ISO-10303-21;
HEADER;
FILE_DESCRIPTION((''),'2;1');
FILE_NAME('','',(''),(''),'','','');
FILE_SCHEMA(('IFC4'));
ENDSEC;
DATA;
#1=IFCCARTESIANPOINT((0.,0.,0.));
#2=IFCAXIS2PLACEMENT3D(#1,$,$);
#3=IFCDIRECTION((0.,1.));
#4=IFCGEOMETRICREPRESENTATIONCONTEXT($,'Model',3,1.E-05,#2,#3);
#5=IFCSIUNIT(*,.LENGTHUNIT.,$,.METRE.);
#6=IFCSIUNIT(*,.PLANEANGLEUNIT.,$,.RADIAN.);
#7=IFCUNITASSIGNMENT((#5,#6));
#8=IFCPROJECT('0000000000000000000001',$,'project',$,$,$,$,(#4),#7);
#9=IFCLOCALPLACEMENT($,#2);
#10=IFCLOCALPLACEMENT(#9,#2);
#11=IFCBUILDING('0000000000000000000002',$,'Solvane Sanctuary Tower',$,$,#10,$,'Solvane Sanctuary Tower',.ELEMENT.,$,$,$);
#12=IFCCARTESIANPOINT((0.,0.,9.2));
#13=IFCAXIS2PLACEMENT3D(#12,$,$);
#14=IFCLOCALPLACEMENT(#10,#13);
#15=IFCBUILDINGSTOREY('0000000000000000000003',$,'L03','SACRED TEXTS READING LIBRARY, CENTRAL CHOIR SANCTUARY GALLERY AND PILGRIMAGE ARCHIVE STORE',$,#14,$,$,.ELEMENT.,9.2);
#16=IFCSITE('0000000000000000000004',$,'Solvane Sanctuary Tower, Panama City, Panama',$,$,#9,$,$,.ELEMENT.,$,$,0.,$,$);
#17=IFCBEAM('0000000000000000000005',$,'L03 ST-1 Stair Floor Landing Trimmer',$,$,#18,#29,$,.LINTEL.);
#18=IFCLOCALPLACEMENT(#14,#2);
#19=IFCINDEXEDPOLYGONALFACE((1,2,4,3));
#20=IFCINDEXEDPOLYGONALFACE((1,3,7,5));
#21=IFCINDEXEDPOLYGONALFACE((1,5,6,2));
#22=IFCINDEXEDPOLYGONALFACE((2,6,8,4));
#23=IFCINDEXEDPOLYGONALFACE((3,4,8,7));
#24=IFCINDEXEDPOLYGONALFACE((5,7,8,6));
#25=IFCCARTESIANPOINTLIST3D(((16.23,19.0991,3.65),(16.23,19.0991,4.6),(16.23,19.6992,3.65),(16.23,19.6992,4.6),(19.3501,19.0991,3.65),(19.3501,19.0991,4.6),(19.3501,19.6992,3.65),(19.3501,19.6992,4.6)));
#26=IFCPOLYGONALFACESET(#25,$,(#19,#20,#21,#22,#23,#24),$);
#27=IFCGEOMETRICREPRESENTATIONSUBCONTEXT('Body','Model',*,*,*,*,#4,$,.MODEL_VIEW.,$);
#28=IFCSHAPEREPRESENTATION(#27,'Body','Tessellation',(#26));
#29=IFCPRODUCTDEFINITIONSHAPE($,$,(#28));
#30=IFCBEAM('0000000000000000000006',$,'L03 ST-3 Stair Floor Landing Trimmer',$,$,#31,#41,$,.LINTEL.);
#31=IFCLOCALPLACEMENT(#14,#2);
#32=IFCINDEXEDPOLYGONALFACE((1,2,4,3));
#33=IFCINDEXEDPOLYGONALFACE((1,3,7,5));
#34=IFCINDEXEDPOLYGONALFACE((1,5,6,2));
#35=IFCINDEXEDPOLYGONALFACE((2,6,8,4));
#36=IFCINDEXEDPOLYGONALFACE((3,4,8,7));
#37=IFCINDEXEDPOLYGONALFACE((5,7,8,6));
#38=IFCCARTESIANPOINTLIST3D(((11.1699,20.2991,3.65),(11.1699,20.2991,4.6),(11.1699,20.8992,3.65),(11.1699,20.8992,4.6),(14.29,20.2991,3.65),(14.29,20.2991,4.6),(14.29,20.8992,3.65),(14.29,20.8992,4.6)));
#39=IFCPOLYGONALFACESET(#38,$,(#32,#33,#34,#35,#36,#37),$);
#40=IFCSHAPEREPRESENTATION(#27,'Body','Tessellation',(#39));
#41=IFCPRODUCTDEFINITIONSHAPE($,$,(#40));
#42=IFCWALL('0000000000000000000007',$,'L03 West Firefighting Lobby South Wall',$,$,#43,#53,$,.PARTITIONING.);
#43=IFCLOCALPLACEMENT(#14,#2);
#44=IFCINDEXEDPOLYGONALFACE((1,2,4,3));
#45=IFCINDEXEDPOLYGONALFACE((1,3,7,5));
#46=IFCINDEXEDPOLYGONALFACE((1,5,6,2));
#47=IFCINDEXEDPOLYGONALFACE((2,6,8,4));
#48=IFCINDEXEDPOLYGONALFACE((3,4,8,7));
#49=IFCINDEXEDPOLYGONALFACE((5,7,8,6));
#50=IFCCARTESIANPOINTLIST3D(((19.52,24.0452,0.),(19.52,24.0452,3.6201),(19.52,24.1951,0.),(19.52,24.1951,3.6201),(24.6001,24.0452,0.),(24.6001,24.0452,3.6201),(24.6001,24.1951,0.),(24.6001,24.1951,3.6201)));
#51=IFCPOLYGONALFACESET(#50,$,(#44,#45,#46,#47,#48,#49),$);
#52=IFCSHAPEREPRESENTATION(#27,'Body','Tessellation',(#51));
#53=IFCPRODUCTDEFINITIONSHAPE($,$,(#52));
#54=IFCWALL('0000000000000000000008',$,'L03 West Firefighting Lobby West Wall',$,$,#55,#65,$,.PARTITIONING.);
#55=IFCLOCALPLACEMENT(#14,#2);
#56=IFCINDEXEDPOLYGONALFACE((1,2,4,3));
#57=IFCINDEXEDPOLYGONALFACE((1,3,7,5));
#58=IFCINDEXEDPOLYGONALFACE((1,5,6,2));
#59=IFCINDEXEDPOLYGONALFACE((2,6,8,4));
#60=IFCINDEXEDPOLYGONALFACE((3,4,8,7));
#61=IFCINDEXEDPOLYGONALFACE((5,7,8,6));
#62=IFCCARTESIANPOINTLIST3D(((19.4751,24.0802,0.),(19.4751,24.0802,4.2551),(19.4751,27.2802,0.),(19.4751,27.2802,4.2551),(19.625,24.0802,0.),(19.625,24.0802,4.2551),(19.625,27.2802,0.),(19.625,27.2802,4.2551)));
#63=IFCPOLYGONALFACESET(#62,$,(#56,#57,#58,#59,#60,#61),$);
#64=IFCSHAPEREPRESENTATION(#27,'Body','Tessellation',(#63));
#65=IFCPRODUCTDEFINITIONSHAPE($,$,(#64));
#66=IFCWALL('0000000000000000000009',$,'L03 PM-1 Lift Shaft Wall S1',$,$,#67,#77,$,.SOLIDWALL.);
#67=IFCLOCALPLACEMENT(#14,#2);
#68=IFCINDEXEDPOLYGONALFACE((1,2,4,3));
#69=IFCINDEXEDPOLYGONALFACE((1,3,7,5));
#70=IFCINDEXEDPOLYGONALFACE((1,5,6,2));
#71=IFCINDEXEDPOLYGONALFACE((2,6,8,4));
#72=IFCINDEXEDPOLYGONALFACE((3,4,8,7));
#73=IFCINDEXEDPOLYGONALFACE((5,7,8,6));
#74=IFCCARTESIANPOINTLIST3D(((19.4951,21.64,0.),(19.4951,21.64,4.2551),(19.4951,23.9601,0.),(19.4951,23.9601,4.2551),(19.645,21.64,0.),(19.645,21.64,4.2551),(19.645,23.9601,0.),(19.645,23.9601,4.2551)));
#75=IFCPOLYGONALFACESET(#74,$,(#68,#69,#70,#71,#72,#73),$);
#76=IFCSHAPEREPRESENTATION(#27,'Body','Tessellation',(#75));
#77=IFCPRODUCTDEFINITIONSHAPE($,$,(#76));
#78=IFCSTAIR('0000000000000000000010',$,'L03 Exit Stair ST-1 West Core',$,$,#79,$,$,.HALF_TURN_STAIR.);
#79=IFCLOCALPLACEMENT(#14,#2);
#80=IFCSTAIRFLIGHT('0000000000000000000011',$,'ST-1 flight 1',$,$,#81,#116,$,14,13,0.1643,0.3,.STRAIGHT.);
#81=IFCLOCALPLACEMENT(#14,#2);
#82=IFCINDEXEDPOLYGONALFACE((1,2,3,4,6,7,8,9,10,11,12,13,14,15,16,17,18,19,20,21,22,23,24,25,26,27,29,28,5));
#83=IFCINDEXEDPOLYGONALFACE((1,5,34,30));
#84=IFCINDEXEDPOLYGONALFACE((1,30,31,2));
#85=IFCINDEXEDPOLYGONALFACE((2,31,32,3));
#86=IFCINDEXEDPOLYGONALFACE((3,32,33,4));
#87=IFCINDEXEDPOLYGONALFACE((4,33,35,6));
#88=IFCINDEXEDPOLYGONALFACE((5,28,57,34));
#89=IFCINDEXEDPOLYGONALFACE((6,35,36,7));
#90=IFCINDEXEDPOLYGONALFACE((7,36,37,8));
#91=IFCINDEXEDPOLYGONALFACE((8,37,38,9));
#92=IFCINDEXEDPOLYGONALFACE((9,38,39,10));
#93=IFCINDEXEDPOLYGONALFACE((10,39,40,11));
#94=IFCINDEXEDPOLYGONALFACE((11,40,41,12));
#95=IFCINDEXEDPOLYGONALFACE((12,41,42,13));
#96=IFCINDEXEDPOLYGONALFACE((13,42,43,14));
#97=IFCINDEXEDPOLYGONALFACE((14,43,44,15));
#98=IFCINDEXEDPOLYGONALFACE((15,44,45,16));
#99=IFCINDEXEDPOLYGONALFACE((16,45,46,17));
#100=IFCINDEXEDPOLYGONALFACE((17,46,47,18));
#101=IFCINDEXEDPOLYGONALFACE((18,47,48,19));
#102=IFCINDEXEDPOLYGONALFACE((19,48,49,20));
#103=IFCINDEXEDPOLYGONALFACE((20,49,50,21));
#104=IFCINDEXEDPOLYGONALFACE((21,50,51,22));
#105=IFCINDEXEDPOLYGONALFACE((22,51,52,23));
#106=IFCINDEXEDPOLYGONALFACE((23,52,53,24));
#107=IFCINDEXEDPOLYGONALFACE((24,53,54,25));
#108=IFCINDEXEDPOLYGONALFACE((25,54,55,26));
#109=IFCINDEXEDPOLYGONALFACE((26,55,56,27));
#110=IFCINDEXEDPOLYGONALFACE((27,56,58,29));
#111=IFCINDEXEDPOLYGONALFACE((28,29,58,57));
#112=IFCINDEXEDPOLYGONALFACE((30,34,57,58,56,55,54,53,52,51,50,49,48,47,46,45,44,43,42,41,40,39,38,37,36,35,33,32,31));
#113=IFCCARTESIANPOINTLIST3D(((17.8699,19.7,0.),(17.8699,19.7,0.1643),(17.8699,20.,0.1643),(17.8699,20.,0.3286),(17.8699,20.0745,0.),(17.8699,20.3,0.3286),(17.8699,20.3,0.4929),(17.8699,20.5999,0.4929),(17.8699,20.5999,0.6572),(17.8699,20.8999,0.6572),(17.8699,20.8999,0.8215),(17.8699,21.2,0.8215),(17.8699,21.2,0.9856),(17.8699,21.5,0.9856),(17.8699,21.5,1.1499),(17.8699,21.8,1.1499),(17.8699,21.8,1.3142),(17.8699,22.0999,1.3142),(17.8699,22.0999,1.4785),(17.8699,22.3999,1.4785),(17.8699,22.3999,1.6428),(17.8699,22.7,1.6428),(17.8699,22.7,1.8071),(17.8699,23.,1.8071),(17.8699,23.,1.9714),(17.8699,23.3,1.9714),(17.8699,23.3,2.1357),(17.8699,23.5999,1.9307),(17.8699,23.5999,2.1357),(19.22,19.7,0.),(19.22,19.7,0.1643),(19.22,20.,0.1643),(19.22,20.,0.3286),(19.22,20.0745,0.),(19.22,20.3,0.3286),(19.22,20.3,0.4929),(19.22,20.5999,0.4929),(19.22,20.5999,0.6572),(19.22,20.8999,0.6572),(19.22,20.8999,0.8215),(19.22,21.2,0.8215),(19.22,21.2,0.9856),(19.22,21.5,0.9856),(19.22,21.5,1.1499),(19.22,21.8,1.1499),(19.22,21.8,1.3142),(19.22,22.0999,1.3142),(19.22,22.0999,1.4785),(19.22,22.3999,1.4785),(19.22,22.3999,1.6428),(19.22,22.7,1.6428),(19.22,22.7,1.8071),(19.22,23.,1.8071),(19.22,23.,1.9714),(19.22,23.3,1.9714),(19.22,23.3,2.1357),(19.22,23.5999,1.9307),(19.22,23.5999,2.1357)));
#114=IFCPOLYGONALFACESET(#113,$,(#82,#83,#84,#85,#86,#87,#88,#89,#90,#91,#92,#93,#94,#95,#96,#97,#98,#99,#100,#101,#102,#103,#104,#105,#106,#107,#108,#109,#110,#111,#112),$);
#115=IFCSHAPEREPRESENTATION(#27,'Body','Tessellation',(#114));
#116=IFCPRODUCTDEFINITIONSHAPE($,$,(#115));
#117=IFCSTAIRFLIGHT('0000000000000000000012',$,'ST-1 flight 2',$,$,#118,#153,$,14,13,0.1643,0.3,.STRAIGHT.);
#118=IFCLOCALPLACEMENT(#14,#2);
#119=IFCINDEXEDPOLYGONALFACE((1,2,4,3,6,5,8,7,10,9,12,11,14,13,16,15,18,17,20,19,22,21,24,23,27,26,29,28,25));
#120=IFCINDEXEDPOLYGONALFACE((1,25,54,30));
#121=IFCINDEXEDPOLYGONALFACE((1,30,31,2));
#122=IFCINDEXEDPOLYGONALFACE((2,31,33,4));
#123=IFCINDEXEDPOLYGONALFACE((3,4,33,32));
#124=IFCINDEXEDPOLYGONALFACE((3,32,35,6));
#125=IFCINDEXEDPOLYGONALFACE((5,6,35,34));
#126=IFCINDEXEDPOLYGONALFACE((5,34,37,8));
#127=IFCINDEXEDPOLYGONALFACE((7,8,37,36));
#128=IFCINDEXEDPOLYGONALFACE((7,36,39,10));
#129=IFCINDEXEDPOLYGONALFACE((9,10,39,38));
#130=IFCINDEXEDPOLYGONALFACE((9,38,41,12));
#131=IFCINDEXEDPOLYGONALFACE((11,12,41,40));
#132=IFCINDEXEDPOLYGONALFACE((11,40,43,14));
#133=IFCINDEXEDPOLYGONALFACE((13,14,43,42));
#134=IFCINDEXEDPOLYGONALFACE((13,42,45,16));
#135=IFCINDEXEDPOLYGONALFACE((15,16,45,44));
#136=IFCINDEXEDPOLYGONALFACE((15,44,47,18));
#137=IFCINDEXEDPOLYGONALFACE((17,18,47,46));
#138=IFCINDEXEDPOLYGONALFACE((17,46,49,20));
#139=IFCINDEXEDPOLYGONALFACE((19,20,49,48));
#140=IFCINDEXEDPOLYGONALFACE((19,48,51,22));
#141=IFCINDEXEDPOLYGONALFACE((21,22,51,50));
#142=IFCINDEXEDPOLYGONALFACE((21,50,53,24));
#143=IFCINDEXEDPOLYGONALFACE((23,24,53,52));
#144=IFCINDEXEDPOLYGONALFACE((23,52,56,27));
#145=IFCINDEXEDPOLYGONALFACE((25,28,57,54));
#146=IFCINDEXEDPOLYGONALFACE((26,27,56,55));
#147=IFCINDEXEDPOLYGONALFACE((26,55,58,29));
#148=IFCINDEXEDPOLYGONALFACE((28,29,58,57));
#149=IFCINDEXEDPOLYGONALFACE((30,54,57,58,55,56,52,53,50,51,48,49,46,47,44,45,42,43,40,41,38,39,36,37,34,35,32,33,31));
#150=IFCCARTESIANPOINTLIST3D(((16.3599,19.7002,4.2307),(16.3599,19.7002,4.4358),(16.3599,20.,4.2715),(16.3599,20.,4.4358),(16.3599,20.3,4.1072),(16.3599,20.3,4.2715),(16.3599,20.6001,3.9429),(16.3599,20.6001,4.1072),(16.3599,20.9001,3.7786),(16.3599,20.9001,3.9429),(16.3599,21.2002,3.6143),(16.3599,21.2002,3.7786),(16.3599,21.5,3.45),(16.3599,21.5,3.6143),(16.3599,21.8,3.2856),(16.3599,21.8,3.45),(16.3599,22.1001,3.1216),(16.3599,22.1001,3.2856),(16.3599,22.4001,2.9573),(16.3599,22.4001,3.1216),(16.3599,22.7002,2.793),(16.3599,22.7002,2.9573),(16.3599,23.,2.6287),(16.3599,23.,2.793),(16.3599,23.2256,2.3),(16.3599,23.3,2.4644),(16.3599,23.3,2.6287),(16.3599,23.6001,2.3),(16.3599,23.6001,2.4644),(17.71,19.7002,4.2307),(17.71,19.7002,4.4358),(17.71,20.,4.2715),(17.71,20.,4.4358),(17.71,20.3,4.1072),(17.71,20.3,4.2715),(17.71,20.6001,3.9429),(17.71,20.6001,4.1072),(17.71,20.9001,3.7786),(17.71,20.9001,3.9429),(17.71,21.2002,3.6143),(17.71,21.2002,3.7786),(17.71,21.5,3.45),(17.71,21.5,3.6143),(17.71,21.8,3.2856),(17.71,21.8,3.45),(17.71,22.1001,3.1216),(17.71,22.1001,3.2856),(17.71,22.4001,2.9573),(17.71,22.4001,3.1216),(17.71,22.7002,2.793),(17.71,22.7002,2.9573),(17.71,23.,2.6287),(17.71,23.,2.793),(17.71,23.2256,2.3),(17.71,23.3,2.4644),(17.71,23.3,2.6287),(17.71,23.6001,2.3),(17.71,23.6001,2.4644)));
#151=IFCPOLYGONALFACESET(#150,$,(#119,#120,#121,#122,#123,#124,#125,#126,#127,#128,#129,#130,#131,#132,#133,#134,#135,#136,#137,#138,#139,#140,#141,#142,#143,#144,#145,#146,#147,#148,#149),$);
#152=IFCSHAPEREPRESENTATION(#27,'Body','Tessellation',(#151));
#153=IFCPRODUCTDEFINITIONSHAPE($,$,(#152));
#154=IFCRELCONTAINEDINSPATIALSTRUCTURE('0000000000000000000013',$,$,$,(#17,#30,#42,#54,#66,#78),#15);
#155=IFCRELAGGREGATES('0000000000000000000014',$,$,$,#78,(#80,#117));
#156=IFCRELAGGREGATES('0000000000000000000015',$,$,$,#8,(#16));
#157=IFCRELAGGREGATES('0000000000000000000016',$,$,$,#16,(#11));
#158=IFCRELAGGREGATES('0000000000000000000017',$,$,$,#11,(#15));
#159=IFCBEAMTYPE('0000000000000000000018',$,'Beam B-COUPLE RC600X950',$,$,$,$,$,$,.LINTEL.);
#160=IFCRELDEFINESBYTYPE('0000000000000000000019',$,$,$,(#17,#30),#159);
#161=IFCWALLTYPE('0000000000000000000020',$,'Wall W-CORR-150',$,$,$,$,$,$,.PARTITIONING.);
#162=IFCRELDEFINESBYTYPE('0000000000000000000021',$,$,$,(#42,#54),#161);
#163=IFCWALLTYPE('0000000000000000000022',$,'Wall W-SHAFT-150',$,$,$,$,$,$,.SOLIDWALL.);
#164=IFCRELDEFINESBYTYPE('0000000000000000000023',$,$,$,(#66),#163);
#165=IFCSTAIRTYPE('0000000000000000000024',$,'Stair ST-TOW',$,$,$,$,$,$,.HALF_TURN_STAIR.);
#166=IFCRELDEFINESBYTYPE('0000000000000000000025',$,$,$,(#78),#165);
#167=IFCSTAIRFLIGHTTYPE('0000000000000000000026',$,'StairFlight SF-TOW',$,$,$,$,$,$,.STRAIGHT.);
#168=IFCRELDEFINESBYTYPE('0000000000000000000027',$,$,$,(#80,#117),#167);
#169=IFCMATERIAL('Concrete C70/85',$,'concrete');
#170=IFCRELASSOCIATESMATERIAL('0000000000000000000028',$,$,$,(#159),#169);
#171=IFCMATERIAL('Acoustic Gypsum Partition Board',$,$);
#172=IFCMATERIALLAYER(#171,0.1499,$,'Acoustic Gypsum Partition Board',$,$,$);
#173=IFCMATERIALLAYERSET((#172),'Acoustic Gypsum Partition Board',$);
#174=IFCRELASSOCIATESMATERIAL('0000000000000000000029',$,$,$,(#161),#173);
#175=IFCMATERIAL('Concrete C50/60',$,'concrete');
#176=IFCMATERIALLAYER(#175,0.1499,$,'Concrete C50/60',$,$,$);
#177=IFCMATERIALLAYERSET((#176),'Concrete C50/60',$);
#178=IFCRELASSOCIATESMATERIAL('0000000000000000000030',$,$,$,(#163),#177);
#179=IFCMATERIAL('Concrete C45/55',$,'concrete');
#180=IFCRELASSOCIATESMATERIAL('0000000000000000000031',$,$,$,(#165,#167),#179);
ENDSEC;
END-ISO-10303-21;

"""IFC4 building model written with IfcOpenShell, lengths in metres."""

from ifc_helpers import new_model, si_unit, direction, frame, frame_2d, origin, origin_2d, place, context, subcontext, project, spatial, polyline, rectangle, outline, extrude, material, layer, layer_set, material_profile, profile_set, type_object, element, aggregate, save


model = new_model("IFC4")

# Units and contexts
model_context = context("Model", 3, precision=1e-05, world=origin(), true_north=direction((0.0, 1.0)))
body_context = subcontext(model_context, "Body", "Model", "MODEL_VIEW")
ifc_project = project(units=[si_unit("LENGTHUNIT", "METRE"), si_unit("PLANEANGLEUNIT", "RADIAN")], contexts=[model_context])

# Site, building, storey
site_placement = place(None, origin())
site = spatial("IfcSite", under=ifc_project, at=site_placement, Name="Solvane Sanctuary Tower, Panama City, Panama", CompositionType="ELEMENT", RefElevation=0.0)
building_placement = place(site_placement, origin())
building = spatial("IfcBuilding", under=site, at=building_placement, Name="Solvane Sanctuary Tower", LongName="Solvane Sanctuary Tower", CompositionType="ELEMENT")
storey_placement = place(building_placement, frame((0.0, 0.0, 9.2)))
storey = spatial("IfcBuildingStorey", under=building, at=storey_placement, Name="L03", Description="SACRED TEXTS READING LIBRARY, CENTRAL CHOIR SANCTUARY GALLERY AND PILGRIMAGE ARCHIVE STORE", CompositionType="ELEMENT", Elevation=9.2)

# Beams
ifc_material_1 = material(Name="Concrete C70/85", Category="concrete")
ifc_material_profile = material_profile(ifc_material_1, rectangle(XDim=0.6001, YDim=0.95, at=origin_2d()), Name="RC600X950")
ifc_profile_set = profile_set([ifc_material_profile], Name="Concrete C70/85")
beam_type = type_object("IfcBeamType", Name="Beam B-COUPLE RC600X950", PredefinedType="LINTEL", material=ifc_profile_set)
for number, where, z_axis, x_axis, name in (
    (1, (16.23, 19.3992, 4.125), (1.0, 0.0, 0.0), (0.0, 1.0, 0.0), "L03 ST-1 Stair Floor Landing Trimmer"),
    (2, (11.1699, 20.5991, 4.125), (1.0, 0.0, 0.0), (0.0, 1.0, 0.0), "L03 ST-3 Stair Floor Landing Trimmer"),
):
    element("IfcBeam", number, at=place(storey_placement, frame(where, z_axis=z_axis, x_axis=x_axis)), inside=storey, type_object=beam_type, Name=name, PredefinedType="LINTEL", context=body_context, shape_type="SweptSolid", body=[
        extrude(rectangle(XDim=0.6001, YDim=0.95, at=origin_2d()), origin(), (0.0, 0.0, 1.0), 3.1201),
    ])

# Walls
ifc_material_2 = material(Name="Acoustic Gypsum Partition Board")
ifc_layer_1 = layer(ifc_material_2, 0.1499, Name="Acoustic Gypsum Partition Board")
ifc_layer_set_1 = layer_set([ifc_layer_1], Name="Acoustic Gypsum Partition Board")
wall_type_1 = type_object("IfcWallType", Name="Wall W-CORR-150", PredefinedType="PARTITIONING", material=ifc_layer_set_1)
wall_1_placement = place(storey_placement, frame((19.52, 24.1201, 0.0), z_axis=(0.0, 0.0, 1.0), x_axis=(1.0, 0.0, 0.0)))
element("IfcWall", 3, at=wall_1_placement, inside=storey, type_object=wall_type_1, Name="L03 West Firefighting Lobby South Wall", PredefinedType="PARTITIONING", context=body_context, shape_type="SweptSolid", body=[
    extrude(rectangle(XDim=5.0801, YDim=0.1499, at=frame_2d((2.54, 0.0))), origin(), (0.0, 0.0, 1.0), 3.6201),
])
wall_2_placement = place(storey_placement, frame((19.55, 24.0801, 0.0), z_axis=(0.0, 0.0, 1.0), x_axis=(0.0, 1.0, 0.0)))
element("IfcWall", 4, at=wall_2_placement, inside=storey, type_object=wall_type_1, Name="L03 West Firefighting Lobby West Wall", PredefinedType="PARTITIONING", context=body_context, shape_type="SweptSolid", body=[
    extrude(rectangle(XDim=3.2, YDim=0.1499, at=frame_2d((1.6001, 0.0))), origin(), (0.0, 0.0, 1.0), 4.2551),
])
ifc_material_3 = material(Name="Concrete C50/60", Category="concrete")
ifc_layer_2 = layer(ifc_material_3, 0.1499, Name="Concrete C50/60")
ifc_layer_set_2 = layer_set([ifc_layer_2], Name="Concrete C50/60")
wall_type_2 = type_object("IfcWallType", Name="Wall W-SHAFT-150", PredefinedType="SOLIDWALL", material=ifc_layer_set_2)
wall_3_placement = place(storey_placement, frame((19.5701, 21.6399, 0.0), z_axis=(0.0, 0.0, 1.0), x_axis=(0.0, 1.0, 0.0)))
element("IfcWall", 5, at=wall_3_placement, inside=storey, type_object=wall_type_2, Name="L03 PM-1 Lift Shaft Wall S1", PredefinedType="SOLIDWALL", context=body_context, shape_type="SweptSolid", body=[
    extrude(rectangle(XDim=2.3201, YDim=0.1499, at=frame_2d((1.1602, 0.0))), origin(), (0.0, 0.0, 1.0), 4.2551),
])

# Stair, stair flights
ifc_material_4 = material(Name="Concrete C45/55", Category="concrete")
stair_type = type_object("IfcStairType", Name="Stair ST-TOW", PredefinedType="HALF_TURN_STAIR", material=ifc_material_4)
stair_1_placement = place(storey_placement, origin())
stair_1 = element("IfcStair", 6, at=stair_1_placement, inside=storey, type_object=stair_type, Name="L03 Exit Stair ST-1 West Core", PredefinedType="HALF_TURN_STAIR")
stair_flight_type = type_object("IfcStairFlightType", Name="StairFlight SF-TOW", PredefinedType="STRAIGHT", material=ifc_material_4)
stair_flight_1_placement = place(storey_placement, frame((18.5449, 19.7, 0.0), z_axis=(0.0, 0.0, 1.0), x_axis=(0.0, 1.0, 0.0)))
stair_flight_1 = element("IfcStairFlight", 7, at=stair_flight_1_placement, type_object=stair_flight_type, Name="ST-1 flight 1", NumberOfRisers=14, NumberOfTreads=13, PredefinedType="STRAIGHT", RiserHeight=0.1643, TreadLength=0.3, context=body_context, shape_type="SweptSolid", body=[
    extrude(outline(polyline([(0.0, 0.0), (0.0, 0.1643), (0.3, 0.1643), (0.3, 0.3286), (0.6001, 0.3286), (0.6001, 0.4929), (0.8999, 0.4929), (0.8999, 0.6572), (1.2, 0.6572), (1.2, 0.8215), (1.5, 0.8215), (1.5, 0.9856), (1.8, 0.9856), (1.8, 1.1499), (2.1001, 1.1499), (2.1001, 1.3142), (2.3999, 1.3142), (2.3999, 1.4785), (2.7, 1.4785), (2.7, 1.6428), (3.0, 1.6428), (3.0, 1.8071), (3.3, 1.8071), (3.3, 1.9714), (3.6001, 1.9714), (3.6001, 2.1357), (3.8999, 2.1357), (3.8999, 2.3), (3.8999, 1.9307), (0.3745, 0.0), (0.0, 0.0)])), frame((0.0, 0.675, 0.0), z_axis=(0.0, -1.0, 0.0), x_axis=(1.0, 0.0, 0.0)), (0.0, 0.0, 1.0), 1.3501),
])
stair_flight_2_placement = place(storey_placement, frame((17.0349, 23.6001, 2.3), z_axis=(0.0, 0.0, 1.0), x_axis=(0.0, -1.0, 0.0)))
stair_flight_2 = element("IfcStairFlight", 8, at=stair_flight_2_placement, type_object=stair_flight_type, Name="ST-1 flight 2", NumberOfRisers=14, NumberOfTreads=13, PredefinedType="STRAIGHT", RiserHeight=0.1643, TreadLength=0.3, context=body_context, shape_type="SweptSolid", body=[
    extrude(outline(polyline([(0.0, 0.0), (0.0, 0.1643), (0.3, 0.1643), (0.3, 0.3286), (0.6001, 0.3286), (0.6001, 0.4929), (0.8999, 0.4929), (0.8999, 0.6572), (1.2, 0.6572), (1.2, 0.8215), (1.5, 0.8215), (1.5, 0.9856), (1.8, 0.9856), (1.8, 1.1499), (2.1001, 1.1499), (2.1001, 1.3142), (2.3999, 1.3142), (2.3999, 1.4785), (2.7, 1.4785), (2.7, 1.6428), (3.0, 1.6428), (3.0, 1.8071), (3.3, 1.8071), (3.3, 1.9714), (3.6001, 1.9714), (3.6001, 2.1357), (3.8999, 2.1357), (3.8999, 2.3), (3.8999, 1.9307), (0.3745, 0.0), (0.0, 0.0)])), frame((0.0, 0.675, 0.0), z_axis=(0.0, -1.0, 0.0), x_axis=(1.0, 0.0, 0.0)), (0.0, 0.0, 1.0), 1.3501),
])
aggregate(stair_1, [stair_flight_1, stair_flight_2])

save(model, "model.ifc")
